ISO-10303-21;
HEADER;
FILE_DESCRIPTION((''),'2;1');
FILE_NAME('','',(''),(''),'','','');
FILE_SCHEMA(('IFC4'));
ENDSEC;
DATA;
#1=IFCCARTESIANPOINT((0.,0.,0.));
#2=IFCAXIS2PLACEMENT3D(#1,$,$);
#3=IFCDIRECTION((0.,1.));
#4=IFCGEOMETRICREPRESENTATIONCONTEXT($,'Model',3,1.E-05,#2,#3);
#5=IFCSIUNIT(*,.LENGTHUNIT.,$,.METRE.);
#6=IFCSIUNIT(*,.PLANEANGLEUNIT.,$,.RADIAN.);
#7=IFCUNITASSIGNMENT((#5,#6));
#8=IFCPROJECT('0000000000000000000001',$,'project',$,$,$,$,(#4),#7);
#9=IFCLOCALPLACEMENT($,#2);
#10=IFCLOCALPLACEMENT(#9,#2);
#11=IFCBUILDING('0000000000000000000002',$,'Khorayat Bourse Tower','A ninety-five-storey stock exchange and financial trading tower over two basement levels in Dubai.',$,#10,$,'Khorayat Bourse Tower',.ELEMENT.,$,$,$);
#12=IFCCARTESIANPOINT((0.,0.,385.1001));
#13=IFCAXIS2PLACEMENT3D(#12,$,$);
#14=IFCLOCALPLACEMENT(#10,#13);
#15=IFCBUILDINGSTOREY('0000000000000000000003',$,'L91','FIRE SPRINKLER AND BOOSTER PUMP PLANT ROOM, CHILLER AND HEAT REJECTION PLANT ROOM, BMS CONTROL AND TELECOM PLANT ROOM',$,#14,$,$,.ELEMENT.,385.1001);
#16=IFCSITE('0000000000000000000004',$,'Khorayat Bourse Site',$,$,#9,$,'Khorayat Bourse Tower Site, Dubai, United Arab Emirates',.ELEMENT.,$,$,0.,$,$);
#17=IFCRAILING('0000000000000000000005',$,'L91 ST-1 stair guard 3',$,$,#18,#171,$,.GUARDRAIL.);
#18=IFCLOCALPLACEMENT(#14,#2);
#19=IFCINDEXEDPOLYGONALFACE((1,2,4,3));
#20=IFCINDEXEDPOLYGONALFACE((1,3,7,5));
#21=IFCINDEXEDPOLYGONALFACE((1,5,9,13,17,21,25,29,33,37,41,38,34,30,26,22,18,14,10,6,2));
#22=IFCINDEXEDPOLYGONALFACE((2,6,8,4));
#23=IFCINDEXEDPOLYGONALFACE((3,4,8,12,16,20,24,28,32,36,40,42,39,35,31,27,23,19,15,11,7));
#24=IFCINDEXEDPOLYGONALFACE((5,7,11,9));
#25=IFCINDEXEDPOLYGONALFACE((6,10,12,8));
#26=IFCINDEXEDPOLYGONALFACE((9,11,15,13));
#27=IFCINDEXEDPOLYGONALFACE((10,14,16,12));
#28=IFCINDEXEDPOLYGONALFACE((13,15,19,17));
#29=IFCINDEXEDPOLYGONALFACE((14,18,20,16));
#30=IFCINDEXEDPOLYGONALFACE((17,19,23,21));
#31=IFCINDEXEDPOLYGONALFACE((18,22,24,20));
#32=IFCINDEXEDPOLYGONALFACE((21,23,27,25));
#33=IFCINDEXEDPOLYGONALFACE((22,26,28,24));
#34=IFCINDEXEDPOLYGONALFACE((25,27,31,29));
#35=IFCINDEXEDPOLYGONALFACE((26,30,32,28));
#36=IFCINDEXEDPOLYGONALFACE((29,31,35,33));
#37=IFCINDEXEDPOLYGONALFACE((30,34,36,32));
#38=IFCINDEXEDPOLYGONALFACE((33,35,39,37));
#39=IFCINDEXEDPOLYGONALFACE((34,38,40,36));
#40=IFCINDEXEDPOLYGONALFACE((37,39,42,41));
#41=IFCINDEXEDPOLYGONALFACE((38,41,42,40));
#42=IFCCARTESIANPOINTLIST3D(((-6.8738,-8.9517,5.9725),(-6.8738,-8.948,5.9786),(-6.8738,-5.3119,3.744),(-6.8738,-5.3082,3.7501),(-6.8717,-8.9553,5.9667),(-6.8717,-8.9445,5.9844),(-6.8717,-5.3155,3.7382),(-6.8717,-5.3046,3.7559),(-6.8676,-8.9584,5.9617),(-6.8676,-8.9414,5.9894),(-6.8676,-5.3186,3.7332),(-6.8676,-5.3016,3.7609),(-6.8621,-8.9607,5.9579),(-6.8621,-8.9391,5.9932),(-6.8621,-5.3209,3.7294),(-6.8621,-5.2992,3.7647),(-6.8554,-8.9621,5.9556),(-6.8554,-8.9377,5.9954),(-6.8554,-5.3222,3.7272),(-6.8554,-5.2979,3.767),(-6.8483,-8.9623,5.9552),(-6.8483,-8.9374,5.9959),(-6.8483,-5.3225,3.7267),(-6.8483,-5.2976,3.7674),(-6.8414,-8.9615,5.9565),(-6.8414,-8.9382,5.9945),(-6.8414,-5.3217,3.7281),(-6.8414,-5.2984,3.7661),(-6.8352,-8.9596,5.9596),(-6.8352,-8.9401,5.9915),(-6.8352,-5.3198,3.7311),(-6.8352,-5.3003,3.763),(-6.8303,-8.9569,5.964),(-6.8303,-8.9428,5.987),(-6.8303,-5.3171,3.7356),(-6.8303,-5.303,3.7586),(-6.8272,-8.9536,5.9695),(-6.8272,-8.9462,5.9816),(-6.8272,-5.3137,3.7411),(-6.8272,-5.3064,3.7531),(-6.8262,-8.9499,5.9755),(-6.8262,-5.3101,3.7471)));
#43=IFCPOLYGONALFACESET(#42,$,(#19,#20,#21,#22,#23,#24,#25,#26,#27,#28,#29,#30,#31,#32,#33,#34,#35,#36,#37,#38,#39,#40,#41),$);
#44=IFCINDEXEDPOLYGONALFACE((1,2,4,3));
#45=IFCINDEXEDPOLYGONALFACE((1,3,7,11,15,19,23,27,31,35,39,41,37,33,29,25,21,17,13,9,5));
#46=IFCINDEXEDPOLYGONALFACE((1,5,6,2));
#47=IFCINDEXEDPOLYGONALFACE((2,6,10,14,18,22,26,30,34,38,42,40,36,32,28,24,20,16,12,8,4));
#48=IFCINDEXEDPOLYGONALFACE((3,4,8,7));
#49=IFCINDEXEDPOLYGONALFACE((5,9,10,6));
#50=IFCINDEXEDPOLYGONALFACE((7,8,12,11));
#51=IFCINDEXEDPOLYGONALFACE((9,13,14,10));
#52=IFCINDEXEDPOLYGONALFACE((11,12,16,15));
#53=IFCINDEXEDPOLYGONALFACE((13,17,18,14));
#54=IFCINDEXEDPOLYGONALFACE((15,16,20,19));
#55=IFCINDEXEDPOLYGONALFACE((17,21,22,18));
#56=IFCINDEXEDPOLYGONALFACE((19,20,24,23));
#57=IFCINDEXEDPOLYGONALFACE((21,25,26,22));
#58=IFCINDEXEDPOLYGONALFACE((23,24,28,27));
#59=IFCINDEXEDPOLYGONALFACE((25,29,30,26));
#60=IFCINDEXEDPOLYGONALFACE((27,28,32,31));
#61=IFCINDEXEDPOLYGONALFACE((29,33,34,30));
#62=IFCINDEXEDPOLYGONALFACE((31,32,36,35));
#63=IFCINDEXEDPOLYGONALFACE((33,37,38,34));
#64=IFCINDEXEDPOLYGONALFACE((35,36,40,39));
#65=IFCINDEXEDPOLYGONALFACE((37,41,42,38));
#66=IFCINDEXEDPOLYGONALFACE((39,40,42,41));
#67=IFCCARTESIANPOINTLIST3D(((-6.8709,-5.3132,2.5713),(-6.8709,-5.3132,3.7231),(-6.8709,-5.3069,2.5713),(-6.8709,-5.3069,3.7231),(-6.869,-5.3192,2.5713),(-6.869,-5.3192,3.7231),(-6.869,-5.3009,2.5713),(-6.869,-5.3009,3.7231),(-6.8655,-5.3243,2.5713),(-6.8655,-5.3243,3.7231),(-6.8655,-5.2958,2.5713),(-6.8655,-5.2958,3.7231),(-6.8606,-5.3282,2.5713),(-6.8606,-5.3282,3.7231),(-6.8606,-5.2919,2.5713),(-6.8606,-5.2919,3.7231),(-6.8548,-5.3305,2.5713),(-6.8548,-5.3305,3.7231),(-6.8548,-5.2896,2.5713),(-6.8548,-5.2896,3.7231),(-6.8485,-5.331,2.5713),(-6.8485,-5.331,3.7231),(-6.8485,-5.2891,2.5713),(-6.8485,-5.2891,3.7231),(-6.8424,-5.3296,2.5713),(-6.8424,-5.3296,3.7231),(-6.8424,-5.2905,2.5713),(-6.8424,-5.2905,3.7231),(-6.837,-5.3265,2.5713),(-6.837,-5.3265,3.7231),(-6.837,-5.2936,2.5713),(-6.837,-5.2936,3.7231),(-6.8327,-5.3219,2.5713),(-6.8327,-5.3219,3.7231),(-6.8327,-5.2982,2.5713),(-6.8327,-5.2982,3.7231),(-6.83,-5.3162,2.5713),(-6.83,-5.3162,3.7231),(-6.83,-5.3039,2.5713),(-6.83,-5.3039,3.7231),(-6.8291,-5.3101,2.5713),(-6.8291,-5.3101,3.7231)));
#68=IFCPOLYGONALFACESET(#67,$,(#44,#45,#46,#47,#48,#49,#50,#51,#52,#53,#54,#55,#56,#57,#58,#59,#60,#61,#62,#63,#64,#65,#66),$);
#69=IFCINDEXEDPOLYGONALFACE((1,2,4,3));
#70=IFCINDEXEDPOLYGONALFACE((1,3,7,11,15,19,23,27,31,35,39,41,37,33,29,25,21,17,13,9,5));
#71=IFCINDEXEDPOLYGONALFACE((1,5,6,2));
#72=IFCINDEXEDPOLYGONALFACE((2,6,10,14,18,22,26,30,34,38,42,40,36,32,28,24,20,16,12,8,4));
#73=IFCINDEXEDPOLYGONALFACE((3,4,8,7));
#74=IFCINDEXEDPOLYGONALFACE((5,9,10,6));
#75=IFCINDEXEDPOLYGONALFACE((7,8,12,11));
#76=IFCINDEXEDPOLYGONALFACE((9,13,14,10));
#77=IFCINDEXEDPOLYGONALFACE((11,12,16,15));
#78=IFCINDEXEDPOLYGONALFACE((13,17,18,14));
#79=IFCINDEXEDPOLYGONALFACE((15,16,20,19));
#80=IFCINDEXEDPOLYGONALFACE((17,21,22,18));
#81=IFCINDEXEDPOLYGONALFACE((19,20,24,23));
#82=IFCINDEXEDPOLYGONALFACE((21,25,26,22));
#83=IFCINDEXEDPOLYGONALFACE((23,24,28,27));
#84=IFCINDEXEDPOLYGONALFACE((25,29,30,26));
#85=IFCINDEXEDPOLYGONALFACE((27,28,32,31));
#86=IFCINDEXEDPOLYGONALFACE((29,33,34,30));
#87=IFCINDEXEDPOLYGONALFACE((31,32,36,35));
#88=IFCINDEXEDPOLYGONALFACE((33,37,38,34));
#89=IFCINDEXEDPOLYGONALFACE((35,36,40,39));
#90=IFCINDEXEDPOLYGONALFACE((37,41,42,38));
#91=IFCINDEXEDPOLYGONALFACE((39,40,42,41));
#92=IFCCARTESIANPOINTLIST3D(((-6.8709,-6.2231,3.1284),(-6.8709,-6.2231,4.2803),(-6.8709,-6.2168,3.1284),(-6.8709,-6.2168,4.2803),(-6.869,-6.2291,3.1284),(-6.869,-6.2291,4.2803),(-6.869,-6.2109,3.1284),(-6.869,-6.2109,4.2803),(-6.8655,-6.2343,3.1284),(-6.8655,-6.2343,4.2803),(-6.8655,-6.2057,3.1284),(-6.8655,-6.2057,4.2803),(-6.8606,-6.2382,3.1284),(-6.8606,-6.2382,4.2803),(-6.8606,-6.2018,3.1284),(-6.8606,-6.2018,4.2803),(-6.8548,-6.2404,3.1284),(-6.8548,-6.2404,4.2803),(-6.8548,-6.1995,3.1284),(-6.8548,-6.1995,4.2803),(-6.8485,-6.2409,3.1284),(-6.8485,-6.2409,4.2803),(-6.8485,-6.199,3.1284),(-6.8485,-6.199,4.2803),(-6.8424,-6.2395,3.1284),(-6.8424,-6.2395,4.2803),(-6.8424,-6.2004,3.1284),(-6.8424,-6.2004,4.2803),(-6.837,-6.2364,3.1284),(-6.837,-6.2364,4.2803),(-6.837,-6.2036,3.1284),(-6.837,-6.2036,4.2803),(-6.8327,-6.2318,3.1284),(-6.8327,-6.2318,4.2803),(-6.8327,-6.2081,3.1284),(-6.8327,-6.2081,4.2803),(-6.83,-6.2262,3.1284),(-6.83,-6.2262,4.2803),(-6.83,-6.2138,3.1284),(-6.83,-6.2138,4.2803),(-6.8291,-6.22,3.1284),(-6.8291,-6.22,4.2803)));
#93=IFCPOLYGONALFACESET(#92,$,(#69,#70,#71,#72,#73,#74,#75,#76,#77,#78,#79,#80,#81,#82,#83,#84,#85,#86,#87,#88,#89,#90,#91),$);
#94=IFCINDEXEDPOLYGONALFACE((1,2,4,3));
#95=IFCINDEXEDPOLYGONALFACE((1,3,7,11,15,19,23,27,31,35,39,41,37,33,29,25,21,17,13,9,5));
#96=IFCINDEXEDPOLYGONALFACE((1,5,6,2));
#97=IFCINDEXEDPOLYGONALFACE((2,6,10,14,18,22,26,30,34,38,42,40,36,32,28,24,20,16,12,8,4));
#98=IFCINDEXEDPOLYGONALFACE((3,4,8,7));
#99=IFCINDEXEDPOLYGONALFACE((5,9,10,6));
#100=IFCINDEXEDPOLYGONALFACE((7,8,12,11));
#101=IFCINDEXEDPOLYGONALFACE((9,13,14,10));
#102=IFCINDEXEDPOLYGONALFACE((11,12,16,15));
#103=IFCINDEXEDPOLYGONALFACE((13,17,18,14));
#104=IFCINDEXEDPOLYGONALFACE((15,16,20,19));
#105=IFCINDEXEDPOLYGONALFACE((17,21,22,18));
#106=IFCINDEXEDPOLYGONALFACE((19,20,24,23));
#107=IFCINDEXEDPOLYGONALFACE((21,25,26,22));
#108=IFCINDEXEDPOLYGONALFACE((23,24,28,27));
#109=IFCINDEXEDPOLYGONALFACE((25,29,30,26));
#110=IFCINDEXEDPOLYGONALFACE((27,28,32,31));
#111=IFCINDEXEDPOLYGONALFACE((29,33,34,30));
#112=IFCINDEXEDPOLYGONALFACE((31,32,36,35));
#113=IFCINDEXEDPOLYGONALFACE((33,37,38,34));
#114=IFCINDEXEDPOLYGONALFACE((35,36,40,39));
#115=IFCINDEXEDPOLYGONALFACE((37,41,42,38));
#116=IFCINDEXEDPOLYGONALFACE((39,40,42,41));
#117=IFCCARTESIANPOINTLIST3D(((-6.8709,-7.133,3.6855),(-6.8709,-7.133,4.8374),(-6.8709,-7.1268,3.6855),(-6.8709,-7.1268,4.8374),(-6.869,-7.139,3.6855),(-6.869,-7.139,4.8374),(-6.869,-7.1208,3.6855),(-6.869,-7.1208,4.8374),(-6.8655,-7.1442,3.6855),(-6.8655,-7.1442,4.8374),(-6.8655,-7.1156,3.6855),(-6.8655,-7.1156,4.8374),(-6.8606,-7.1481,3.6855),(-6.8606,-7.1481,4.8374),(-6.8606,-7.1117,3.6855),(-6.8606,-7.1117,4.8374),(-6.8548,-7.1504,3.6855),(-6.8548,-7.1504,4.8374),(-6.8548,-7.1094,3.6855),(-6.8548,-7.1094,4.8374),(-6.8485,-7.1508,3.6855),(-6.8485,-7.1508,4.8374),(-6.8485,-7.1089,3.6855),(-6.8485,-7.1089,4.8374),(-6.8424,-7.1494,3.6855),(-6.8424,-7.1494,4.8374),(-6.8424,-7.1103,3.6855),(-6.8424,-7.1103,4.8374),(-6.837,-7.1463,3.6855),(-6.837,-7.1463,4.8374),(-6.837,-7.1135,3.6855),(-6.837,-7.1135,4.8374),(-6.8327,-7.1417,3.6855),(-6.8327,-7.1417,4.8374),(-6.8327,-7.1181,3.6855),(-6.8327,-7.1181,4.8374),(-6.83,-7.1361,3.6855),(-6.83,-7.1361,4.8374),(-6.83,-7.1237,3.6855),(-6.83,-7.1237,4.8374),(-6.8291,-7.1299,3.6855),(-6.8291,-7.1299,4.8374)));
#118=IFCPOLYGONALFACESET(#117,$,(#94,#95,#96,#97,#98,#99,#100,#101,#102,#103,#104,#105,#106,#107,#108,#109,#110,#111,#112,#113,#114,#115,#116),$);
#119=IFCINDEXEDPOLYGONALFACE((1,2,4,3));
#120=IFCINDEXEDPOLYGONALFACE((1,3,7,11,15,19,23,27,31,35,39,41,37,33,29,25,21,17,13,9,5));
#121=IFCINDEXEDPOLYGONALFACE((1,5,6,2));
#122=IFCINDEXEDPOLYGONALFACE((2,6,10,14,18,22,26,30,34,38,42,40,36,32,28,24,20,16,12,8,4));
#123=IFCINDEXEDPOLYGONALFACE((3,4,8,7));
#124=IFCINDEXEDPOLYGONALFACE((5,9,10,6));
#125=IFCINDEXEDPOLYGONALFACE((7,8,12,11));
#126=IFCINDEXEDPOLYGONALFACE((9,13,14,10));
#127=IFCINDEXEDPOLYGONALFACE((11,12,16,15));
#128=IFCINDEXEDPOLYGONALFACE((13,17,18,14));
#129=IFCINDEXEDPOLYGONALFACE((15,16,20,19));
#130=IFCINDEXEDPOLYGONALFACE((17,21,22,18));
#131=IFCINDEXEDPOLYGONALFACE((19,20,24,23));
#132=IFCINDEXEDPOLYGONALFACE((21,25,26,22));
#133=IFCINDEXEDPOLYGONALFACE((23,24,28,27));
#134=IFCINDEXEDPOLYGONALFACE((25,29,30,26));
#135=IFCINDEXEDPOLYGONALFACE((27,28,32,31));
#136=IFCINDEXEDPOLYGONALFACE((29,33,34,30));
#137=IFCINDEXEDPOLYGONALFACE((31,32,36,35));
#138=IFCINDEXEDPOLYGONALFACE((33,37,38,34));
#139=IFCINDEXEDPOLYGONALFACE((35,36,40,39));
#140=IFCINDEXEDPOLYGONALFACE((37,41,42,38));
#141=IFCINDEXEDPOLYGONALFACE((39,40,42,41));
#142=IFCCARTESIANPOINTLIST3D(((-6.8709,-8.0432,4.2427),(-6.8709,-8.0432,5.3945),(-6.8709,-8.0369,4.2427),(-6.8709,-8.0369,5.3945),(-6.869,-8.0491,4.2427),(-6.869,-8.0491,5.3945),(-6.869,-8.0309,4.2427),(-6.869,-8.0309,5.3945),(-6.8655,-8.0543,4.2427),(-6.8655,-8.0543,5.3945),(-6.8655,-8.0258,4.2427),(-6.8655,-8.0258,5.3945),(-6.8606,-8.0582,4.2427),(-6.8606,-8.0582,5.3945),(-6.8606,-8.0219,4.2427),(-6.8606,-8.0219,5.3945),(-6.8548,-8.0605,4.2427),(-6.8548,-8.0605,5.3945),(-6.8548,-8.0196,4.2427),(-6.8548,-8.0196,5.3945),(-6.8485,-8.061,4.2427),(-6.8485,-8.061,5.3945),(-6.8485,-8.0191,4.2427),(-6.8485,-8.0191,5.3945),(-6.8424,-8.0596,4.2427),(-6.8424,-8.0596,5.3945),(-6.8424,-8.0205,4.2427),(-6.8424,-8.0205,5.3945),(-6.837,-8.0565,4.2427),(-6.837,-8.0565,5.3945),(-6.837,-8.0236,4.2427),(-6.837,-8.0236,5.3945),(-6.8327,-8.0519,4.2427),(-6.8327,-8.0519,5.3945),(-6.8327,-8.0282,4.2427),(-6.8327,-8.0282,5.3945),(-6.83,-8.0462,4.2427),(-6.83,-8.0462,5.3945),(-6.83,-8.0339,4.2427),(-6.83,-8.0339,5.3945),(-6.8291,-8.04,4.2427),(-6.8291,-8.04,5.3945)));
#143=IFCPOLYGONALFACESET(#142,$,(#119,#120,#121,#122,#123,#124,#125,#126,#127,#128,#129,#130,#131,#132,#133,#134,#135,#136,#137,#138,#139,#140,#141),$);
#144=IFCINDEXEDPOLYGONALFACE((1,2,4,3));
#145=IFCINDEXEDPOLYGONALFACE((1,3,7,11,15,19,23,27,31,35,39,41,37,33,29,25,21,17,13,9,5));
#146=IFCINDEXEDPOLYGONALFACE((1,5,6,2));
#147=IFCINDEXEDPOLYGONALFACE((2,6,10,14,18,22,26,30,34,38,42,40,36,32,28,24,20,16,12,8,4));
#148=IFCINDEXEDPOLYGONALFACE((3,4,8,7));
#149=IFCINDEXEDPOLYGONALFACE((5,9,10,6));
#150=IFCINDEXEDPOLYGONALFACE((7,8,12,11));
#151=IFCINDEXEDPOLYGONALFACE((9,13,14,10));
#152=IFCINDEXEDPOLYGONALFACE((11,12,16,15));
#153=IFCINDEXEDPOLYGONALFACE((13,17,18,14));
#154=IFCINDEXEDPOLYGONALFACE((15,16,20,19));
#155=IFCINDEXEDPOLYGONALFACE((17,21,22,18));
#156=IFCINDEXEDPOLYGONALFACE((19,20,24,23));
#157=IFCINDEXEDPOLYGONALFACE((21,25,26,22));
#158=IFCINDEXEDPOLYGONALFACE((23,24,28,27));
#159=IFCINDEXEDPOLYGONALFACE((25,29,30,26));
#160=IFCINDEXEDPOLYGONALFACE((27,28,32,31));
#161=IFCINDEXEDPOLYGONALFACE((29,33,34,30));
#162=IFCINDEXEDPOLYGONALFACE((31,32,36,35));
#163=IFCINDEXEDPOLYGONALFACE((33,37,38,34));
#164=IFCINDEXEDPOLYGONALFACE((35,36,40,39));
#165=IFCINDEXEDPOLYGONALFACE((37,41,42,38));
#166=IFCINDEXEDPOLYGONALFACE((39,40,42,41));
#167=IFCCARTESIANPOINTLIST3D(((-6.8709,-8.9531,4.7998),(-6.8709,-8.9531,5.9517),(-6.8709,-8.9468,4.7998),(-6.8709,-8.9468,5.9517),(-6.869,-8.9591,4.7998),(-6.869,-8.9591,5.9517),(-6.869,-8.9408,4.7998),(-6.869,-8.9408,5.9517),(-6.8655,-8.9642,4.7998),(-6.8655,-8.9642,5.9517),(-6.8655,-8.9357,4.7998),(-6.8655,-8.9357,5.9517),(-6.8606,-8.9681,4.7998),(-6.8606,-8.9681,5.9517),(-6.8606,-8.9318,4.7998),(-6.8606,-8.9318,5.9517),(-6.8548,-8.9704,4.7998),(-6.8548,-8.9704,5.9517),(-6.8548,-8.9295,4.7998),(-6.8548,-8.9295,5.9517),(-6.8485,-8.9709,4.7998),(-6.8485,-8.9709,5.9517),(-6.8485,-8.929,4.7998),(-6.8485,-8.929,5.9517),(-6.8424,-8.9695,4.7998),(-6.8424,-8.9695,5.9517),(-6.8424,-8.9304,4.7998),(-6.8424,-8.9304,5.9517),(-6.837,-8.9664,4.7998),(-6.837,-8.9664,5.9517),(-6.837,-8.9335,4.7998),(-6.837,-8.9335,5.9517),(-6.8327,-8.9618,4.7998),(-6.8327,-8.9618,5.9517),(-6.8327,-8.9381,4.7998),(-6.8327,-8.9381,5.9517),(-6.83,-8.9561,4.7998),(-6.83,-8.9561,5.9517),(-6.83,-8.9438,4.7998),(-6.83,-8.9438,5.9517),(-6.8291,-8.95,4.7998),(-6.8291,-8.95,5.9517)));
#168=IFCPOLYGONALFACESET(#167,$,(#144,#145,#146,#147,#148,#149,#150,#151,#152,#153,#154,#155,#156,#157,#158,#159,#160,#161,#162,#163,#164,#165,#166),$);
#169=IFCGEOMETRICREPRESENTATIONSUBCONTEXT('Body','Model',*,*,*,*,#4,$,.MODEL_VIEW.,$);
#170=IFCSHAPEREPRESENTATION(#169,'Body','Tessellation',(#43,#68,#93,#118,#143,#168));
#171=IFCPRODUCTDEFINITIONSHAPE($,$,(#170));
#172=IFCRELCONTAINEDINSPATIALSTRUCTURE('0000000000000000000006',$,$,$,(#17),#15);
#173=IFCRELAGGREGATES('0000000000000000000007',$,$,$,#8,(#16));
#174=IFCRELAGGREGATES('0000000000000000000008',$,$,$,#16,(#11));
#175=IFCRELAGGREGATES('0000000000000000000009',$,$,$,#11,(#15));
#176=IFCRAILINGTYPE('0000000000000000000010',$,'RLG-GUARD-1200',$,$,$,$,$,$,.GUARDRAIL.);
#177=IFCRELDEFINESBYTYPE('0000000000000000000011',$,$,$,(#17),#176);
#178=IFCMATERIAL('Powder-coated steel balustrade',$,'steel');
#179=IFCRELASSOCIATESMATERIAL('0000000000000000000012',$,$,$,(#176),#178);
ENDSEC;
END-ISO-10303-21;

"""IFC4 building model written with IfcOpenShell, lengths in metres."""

from ifc_helpers import new_model, si_unit, direction, frame, origin, origin_2d, place, context, subcontext, project, spatial, circle, extrude, source, transform, mapped, material, type_object, element, save


model = new_model("IFC4")

# Units and contexts
model_context = context("Model", 3, precision=1e-05, world=origin(), true_north=direction((0.0, 1.0)))
body_context = subcontext(model_context, "Body", "Model", "MODEL_VIEW")
ifc_project = project(units=[si_unit("LENGTHUNIT", "METRE"), si_unit("PLANEANGLEUNIT", "RADIAN")], contexts=[model_context])

# Site, building, storey
site_placement = place(None, origin())
site = spatial("IfcSite", under=ifc_project, at=site_placement, Name="Khorayat Bourse Site", LongName="Khorayat Bourse Tower Site, Dubai, United Arab Emirates", CompositionType="ELEMENT", RefElevation=0.0)
building_placement = place(site_placement, origin())
building = spatial("IfcBuilding", under=site, at=building_placement, Name="Khorayat Bourse Tower", Description="A ninety-five-storey stock exchange and financial trading tower over two basement levels in Dubai.", LongName="Khorayat Bourse Tower", CompositionType="ELEMENT")
storey_placement = place(building_placement, frame((0.0, 0.0, 385.1001)))
storey = spatial("IfcBuildingStorey", under=building, at=storey_placement, Name="L91", Description="FIRE SPRINKLER AND BOOSTER PUMP PLANT ROOM, CHILLER AND HEAT REJECTION PLANT ROOM, BMS CONTROL AND TELECOM PLANT ROOM", CompositionType="ELEMENT", Elevation=385.1001)

# Railing
ifc_material_1 = material(Name="Powder-coated steel balustrade", Category="steel")
railing_type_1 = type_object("IfcRailingType", Name="RLG-GUARD-1200", PredefinedType="GUARDRAIL", material=ifc_material_1)
shared_shape_1 = source(origin(), body_context, "Body", "SweptSolid", [
    extrude(circle(Radius=0.0239, at=origin_2d()), frame((0.0, 0.0, 1.1758), z_axis=(0.0, -0.85285, 0.522156), x_axis=(1.0, 0.0, 0.0)), (0.0, 0.0, 1.0), 4.2678),
    extrude(circle(Radius=0.021, at=origin_2d()), origin(), (0.0, 0.0, 1.0), 1.1519),
    extrude(circle(Radius=0.021, at=origin_2d()), frame((0.0, -0.9099, 0.5571)), (0.0, 0.0, 1.0), 1.1519),
    extrude(circle(Radius=0.021, at=origin_2d()), frame((0.0, -1.8198, 1.1143)), (0.0, 0.0, 1.0), 1.1519),
    extrude(circle(Radius=0.021, at=origin_2d()), frame((0.0, -2.73, 1.6714)), (0.0, 0.0, 1.0), 1.1519),
    extrude(circle(Radius=0.021, at=origin_2d()), frame((0.0, -3.6399, 2.2285)), (0.0, 0.0, 1.0), 1.1519),
])
railing_1_placement = place(storey_placement, frame((-6.8501, -5.3101, 2.5713)))
element("IfcRailing", 1, at=railing_1_placement, inside=storey, type_object=railing_type_1, Name="L91 ST-1 stair guard 3", PredefinedType="GUARDRAIL", context=body_context, shape_type="MappedRepresentation", body=[
    mapped(shared_shape_1, transform((0.0, 0.0, 0.0), scale=1.0)),
])

save(model, "model.ifc")
